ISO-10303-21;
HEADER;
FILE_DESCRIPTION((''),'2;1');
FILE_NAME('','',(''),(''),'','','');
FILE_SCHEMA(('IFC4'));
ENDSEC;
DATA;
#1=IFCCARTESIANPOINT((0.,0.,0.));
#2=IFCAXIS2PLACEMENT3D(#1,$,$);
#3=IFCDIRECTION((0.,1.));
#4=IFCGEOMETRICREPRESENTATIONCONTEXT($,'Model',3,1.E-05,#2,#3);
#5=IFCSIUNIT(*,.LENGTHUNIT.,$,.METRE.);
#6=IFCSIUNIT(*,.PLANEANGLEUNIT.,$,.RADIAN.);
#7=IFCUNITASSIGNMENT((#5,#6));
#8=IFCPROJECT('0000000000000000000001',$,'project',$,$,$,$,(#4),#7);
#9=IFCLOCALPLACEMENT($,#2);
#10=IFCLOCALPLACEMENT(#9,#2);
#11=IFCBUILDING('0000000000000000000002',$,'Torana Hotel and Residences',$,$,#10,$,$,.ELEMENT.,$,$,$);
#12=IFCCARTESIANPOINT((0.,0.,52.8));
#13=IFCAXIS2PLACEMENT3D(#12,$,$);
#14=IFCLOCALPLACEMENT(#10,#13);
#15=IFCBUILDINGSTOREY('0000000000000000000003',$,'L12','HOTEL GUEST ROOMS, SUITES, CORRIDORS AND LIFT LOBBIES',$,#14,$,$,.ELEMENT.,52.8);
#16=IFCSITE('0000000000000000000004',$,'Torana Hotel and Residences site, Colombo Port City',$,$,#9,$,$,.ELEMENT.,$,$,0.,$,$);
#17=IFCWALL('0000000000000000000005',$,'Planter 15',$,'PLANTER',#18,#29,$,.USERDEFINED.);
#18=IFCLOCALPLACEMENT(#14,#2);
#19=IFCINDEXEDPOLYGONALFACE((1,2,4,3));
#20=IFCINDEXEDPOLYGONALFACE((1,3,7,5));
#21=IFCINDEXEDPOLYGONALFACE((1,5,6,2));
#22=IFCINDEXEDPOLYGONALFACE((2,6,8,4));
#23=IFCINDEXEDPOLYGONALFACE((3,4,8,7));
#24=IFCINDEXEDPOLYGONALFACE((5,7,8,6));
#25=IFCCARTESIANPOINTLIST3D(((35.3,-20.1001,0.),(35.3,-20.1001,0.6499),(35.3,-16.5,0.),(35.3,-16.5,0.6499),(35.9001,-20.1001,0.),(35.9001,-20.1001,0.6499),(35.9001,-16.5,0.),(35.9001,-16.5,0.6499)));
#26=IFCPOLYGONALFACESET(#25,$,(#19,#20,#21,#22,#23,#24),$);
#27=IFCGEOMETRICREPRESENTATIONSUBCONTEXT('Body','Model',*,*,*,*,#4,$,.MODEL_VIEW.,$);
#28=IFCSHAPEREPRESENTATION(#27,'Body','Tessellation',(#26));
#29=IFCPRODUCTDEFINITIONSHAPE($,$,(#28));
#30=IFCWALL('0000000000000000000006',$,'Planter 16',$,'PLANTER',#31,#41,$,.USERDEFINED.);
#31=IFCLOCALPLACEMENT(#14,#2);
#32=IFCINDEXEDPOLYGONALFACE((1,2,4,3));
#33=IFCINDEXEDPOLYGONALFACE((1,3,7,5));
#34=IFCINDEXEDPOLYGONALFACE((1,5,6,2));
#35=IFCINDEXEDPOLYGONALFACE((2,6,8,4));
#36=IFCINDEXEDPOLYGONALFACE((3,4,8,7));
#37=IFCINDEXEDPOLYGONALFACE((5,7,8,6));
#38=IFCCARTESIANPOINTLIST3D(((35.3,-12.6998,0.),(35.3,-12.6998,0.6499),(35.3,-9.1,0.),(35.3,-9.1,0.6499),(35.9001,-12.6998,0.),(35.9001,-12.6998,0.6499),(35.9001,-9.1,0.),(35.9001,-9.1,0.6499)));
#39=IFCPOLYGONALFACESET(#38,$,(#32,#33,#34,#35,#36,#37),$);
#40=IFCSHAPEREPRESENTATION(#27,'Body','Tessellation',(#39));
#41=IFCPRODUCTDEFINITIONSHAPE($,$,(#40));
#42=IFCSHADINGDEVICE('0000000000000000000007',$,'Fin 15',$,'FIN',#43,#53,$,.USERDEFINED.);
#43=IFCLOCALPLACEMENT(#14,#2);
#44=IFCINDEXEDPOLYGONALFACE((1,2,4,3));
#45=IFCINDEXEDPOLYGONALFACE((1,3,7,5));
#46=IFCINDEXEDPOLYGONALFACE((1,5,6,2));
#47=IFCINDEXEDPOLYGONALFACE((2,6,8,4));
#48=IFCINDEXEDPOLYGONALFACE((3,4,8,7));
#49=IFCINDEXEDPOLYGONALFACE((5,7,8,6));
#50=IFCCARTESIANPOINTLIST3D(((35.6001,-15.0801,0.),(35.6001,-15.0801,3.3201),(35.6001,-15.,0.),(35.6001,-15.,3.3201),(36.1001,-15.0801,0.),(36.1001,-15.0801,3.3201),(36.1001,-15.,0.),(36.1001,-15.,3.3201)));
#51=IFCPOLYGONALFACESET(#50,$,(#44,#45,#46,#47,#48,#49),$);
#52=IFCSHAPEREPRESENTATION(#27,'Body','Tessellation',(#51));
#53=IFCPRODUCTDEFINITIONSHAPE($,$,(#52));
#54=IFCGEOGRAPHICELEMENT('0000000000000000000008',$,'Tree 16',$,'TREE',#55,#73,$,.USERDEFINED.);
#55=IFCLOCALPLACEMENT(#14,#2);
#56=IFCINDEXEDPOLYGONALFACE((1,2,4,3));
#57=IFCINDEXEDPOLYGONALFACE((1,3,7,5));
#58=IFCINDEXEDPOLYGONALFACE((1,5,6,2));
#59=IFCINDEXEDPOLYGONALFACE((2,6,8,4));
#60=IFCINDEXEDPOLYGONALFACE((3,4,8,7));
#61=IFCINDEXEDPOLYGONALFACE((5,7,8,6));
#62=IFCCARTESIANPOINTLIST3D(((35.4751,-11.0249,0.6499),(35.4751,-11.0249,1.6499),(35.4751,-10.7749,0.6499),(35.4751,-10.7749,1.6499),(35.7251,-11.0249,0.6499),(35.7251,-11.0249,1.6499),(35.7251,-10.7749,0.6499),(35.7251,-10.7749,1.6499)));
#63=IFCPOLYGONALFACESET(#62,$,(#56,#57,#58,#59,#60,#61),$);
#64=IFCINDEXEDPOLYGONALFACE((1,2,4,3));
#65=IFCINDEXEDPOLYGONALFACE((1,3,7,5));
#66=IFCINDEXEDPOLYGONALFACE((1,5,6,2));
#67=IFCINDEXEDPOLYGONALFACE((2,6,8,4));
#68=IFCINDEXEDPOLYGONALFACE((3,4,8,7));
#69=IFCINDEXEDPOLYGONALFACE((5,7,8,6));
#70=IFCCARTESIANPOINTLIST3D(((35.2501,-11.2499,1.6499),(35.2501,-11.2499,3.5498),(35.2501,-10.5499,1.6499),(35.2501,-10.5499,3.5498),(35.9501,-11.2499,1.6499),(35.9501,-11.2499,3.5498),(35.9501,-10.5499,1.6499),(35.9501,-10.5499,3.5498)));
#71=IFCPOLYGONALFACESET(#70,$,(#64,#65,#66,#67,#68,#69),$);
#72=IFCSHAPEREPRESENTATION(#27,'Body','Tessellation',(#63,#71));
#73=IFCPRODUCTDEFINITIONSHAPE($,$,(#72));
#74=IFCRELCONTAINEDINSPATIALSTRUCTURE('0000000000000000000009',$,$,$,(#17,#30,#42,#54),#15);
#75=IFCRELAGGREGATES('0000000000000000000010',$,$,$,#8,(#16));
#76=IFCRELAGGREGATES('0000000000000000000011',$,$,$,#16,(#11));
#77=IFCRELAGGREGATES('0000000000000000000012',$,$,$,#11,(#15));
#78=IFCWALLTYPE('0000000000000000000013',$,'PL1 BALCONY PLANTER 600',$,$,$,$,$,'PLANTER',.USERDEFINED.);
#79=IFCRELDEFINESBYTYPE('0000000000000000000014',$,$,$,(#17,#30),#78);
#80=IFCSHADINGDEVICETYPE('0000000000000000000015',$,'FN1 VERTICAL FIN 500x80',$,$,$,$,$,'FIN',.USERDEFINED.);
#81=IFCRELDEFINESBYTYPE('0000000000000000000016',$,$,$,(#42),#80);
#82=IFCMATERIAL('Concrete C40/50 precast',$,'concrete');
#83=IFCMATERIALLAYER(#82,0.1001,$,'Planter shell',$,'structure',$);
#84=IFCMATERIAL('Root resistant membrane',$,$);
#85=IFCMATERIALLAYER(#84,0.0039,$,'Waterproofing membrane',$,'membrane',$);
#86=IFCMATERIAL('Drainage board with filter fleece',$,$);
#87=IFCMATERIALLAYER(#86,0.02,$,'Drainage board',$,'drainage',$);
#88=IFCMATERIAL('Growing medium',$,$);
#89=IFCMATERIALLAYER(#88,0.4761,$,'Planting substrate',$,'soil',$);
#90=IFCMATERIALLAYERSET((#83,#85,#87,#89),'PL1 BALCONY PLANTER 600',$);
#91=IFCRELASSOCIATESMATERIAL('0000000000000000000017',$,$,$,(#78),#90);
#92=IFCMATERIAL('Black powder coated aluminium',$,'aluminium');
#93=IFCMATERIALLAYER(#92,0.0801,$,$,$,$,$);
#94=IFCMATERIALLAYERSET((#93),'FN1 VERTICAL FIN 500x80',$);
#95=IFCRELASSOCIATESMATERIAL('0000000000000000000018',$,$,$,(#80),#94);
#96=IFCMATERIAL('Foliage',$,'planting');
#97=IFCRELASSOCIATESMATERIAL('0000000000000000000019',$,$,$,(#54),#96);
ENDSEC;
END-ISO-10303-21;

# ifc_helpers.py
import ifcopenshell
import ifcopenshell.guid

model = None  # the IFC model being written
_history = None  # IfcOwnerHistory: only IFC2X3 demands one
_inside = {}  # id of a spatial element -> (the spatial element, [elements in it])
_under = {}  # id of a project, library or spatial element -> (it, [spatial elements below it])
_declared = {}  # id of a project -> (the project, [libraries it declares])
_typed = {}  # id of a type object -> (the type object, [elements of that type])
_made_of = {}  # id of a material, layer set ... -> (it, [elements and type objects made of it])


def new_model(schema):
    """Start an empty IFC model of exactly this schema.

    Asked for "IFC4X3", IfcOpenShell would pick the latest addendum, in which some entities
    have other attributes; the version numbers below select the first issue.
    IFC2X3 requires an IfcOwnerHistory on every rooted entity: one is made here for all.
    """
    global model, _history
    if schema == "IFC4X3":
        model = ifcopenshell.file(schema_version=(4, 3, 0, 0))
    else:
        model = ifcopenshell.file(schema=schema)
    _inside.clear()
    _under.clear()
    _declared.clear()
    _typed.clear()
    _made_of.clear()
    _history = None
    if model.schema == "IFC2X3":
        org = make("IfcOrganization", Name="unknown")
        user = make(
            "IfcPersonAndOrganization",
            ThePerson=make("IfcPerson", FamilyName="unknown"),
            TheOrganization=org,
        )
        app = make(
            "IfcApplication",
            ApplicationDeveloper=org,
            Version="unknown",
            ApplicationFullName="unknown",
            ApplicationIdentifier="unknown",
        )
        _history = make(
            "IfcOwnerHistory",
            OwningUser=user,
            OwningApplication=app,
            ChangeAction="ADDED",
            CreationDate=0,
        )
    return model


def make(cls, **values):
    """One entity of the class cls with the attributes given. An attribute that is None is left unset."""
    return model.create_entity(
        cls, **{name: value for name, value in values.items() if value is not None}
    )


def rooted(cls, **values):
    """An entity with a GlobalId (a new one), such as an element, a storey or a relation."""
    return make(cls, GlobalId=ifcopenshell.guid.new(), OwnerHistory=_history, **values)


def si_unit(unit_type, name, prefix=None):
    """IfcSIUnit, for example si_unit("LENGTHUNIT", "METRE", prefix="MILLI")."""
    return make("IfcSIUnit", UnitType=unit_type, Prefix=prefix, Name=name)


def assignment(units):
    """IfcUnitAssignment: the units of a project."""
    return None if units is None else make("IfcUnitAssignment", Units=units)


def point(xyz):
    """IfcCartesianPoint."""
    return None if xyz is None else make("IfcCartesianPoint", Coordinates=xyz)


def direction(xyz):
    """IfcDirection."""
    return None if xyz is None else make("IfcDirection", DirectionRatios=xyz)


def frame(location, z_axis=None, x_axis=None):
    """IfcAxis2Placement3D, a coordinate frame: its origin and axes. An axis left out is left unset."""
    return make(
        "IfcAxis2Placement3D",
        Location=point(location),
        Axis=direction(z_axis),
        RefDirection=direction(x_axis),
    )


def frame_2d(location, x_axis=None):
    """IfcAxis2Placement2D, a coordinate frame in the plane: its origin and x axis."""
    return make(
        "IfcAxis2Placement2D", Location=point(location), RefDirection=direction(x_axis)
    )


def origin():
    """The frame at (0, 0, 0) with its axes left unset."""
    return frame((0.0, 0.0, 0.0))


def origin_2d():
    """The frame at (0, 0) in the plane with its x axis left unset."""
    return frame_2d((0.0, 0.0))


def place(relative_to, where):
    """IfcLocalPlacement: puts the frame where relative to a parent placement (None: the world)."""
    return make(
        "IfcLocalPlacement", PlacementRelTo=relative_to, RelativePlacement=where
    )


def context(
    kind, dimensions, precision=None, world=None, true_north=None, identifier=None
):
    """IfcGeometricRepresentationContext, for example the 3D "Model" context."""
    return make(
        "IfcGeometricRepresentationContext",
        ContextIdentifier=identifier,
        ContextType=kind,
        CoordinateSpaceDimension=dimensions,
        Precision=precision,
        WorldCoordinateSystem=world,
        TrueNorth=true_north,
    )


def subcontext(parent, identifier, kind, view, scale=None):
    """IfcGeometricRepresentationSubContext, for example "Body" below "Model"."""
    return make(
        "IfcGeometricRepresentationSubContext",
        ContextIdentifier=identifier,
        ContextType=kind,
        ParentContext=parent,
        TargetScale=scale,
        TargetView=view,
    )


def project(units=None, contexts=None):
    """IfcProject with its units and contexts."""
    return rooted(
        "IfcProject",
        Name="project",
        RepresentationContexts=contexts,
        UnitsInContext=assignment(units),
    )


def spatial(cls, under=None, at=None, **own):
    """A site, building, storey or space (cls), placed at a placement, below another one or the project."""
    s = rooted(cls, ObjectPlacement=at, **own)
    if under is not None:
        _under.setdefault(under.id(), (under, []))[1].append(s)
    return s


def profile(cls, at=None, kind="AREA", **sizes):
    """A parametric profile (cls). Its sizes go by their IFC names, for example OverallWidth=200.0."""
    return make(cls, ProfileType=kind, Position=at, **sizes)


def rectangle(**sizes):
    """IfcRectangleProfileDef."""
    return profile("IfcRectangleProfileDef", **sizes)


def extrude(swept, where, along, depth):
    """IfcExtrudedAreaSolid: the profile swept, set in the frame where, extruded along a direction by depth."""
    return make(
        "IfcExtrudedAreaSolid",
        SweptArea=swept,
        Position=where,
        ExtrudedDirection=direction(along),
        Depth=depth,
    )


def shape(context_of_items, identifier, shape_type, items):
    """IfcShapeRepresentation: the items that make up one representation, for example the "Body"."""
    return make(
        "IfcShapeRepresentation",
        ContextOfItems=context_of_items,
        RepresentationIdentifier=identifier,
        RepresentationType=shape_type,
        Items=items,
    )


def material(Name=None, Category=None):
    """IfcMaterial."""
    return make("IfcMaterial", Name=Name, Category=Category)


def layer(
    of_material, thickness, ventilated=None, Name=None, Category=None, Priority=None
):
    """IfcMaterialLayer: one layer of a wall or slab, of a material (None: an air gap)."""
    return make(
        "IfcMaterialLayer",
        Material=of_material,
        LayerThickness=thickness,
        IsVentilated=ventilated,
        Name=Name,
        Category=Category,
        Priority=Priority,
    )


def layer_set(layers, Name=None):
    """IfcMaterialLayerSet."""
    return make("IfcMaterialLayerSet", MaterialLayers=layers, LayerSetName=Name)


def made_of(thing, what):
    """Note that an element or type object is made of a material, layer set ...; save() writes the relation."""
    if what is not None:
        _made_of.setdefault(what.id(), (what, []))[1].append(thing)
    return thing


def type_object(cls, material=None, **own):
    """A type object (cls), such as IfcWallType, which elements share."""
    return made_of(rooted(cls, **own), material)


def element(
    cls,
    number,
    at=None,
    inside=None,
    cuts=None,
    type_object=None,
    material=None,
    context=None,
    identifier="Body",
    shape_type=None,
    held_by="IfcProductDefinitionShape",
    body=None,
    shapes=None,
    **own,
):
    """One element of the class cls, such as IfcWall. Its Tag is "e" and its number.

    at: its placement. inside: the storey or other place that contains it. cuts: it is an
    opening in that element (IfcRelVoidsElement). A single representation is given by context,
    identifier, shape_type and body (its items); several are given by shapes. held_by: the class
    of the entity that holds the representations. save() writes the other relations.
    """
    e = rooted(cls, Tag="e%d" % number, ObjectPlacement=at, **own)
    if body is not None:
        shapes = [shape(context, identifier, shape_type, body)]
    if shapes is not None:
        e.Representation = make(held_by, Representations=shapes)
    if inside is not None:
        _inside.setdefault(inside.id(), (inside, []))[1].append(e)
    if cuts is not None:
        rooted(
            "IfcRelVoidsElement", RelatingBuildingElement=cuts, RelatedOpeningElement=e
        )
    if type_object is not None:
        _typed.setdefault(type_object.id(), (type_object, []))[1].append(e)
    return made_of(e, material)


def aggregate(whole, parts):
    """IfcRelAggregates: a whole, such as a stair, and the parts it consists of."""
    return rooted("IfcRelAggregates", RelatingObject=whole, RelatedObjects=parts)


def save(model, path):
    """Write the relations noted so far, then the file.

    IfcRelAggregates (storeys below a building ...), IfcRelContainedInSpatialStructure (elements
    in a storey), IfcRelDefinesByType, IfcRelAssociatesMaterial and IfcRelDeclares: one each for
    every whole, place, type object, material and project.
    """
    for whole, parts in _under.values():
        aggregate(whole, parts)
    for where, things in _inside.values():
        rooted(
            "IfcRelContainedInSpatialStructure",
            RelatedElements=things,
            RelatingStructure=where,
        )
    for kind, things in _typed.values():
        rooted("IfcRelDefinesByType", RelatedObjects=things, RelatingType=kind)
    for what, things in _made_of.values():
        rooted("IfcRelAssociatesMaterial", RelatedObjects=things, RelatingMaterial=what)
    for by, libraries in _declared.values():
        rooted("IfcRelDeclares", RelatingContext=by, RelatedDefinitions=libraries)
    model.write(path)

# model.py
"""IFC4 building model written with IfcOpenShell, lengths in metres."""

from ifc_helpers import new_model, si_unit, direction, frame, frame_2d, origin, origin_2d, place, context, subcontext, project, spatial, rectangle, extrude, material, layer, layer_set, type_object, element, save


model = new_model("IFC4")

# Units and contexts
model_context = context("Model", 3, precision=1e-05, world=origin(), true_north=direction((0.0, 1.0)))
body_context = subcontext(model_context, "Body", "Model", "MODEL_VIEW")
ifc_project = project(units=[si_unit("LENGTHUNIT", "METRE"), si_unit("PLANEANGLEUNIT", "RADIAN")], contexts=[model_context])

# Site, building, storey
site_placement = place(None, origin())
site = spatial("IfcSite", under=ifc_project, at=site_placement, Name="Torana Hotel and Residences site, Colombo Port City", CompositionType="ELEMENT", RefElevation=0.0)
building_placement = place(site_placement, origin())
building = spatial("IfcBuilding", under=site, at=building_placement, Name="Torana Hotel and Residences", CompositionType="ELEMENT")
storey_placement = place(building_placement, frame((0.0, 0.0, 52.8)))
storey = spatial("IfcBuildingStorey", under=building, at=storey_placement, Name="L12", Description="HOTEL GUEST ROOMS, SUITES, CORRIDORS AND LIFT LOBBIES", CompositionType="ELEMENT", Elevation=52.8)

# Shared definitions
ifc_material_1 = material(Name="Concrete C40/50 precast", Category="concrete")

# Walls
ifc_layer_1 = layer(ifc_material_1, 0.1001, Name="Planter shell", Category="structure")
ifc_material_2 = material(Name="Root resistant membrane")
ifc_layer_2 = layer(ifc_material_2, 0.0039, Name="Waterproofing membrane", Category="membrane")
ifc_material_3 = material(Name="Drainage board with filter fleece")
ifc_layer_3 = layer(ifc_material_3, 0.02, Name="Drainage board", Category="drainage")
ifc_material_4 = material(Name="Growing medium")
ifc_layer_4 = layer(ifc_material_4, 0.4761, Name="Planting substrate", Category="soil")
ifc_layer_set_1 = layer_set([ifc_layer_1, ifc_layer_2, ifc_layer_3, ifc_layer_4], Name="PL1 BALCONY PLANTER 600")
wall_type_1 = type_object("IfcWallType", Name="PL1 BALCONY PLANTER 600", ElementType="PLANTER", PredefinedType="USERDEFINED", material=ifc_layer_set_1)
wall_1_placement = place(storey_placement, frame((35.6001, -16.5, 0.0), z_axis=(0.0, 0.0, 1.0), x_axis=(0.0, -1.0, 0.0)))
element("IfcWall", 1, at=wall_1_placement, inside=storey, type_object=wall_type_1, Name="Planter 15", ObjectType="PLANTER", PredefinedType="USERDEFINED", context=body_context, shape_type="SweptSolid", body=[
    extrude(rectangle(XDim=3.6001, YDim=0.6001, at=frame_2d((1.8, 0.0))), origin(), (0.0, 0.0, 1.0), 0.6499),
])
wall_2_placement = place(storey_placement, frame((35.6001, -9.1001, 0.0), z_axis=(0.0, 0.0, 1.0), x_axis=(0.0, -1.0, 0.0)))
element("IfcWall", 2, at=wall_2_placement, inside=storey, type_object=wall_type_1, Name="Planter 16", ObjectType="PLANTER", PredefinedType="USERDEFINED", context=body_context, shape_type="SweptSolid", body=[
    extrude(rectangle(XDim=3.5999, YDim=0.6001, at=frame_2d((1.7998, 0.0))), origin(), (0.0, 0.0, 1.0), 0.6499),
])

# Shading device
ifc_material_5 = material(Name="Black powder coated aluminium", Category="aluminium")
ifc_layer_5 = layer(ifc_material_5, 0.0801)
ifc_layer_set_2 = layer_set([ifc_layer_5], Name="FN1 VERTICAL FIN 500x80")
shading_device_type = type_object("IfcShadingDeviceType", Name="FN1 VERTICAL FIN 500x80", ElementType="FIN", PredefinedType="USERDEFINED", material=ifc_layer_set_2)
shading_device_placement = place(storey_placement, frame((35.8501, -15.04, 0.0), z_axis=(0.0, 0.0, 1.0), x_axis=(0.0, -1.0, 0.0)))
element("IfcShadingDevice", 3, at=shading_device_placement, inside=storey, type_object=shading_device_type, Name="Fin 15", ObjectType="FIN", PredefinedType="USERDEFINED", context=body_context, shape_type="SweptSolid", body=[
    extrude(rectangle(XDim=0.0801, YDim=0.5, at=origin_2d()), origin(), (0.0, 0.0, 1.0), 3.3201),
])

# Geographic element
ifc_material_6 = material(Name="Foliage", Category="planting")
geographic_element_placement = place(storey_placement, frame((35.6001, -10.8999, 0.6499), z_axis=(0.0, 0.0, 1.0), x_axis=(1.0, 0.0, 0.0)))
element("IfcGeographicElement", 4, at=geographic_element_placement, inside=storey, material=ifc_material_6, Name="Tree 16", ObjectType="TREE", PredefinedType="USERDEFINED", context=body_context, shape_type="SweptSolid", body=[
    extrude(rectangle(XDim=0.25, YDim=0.25, at=origin_2d()), origin(), (0.0, 0.0, 1.0), 1.0),
    extrude(rectangle(XDim=0.7, YDim=0.7, at=origin_2d()), frame((0.0, 0.0, 1.0)), (0.0, 0.0, 1.0), 1.8999),
])

save(model, "model.ifc")
